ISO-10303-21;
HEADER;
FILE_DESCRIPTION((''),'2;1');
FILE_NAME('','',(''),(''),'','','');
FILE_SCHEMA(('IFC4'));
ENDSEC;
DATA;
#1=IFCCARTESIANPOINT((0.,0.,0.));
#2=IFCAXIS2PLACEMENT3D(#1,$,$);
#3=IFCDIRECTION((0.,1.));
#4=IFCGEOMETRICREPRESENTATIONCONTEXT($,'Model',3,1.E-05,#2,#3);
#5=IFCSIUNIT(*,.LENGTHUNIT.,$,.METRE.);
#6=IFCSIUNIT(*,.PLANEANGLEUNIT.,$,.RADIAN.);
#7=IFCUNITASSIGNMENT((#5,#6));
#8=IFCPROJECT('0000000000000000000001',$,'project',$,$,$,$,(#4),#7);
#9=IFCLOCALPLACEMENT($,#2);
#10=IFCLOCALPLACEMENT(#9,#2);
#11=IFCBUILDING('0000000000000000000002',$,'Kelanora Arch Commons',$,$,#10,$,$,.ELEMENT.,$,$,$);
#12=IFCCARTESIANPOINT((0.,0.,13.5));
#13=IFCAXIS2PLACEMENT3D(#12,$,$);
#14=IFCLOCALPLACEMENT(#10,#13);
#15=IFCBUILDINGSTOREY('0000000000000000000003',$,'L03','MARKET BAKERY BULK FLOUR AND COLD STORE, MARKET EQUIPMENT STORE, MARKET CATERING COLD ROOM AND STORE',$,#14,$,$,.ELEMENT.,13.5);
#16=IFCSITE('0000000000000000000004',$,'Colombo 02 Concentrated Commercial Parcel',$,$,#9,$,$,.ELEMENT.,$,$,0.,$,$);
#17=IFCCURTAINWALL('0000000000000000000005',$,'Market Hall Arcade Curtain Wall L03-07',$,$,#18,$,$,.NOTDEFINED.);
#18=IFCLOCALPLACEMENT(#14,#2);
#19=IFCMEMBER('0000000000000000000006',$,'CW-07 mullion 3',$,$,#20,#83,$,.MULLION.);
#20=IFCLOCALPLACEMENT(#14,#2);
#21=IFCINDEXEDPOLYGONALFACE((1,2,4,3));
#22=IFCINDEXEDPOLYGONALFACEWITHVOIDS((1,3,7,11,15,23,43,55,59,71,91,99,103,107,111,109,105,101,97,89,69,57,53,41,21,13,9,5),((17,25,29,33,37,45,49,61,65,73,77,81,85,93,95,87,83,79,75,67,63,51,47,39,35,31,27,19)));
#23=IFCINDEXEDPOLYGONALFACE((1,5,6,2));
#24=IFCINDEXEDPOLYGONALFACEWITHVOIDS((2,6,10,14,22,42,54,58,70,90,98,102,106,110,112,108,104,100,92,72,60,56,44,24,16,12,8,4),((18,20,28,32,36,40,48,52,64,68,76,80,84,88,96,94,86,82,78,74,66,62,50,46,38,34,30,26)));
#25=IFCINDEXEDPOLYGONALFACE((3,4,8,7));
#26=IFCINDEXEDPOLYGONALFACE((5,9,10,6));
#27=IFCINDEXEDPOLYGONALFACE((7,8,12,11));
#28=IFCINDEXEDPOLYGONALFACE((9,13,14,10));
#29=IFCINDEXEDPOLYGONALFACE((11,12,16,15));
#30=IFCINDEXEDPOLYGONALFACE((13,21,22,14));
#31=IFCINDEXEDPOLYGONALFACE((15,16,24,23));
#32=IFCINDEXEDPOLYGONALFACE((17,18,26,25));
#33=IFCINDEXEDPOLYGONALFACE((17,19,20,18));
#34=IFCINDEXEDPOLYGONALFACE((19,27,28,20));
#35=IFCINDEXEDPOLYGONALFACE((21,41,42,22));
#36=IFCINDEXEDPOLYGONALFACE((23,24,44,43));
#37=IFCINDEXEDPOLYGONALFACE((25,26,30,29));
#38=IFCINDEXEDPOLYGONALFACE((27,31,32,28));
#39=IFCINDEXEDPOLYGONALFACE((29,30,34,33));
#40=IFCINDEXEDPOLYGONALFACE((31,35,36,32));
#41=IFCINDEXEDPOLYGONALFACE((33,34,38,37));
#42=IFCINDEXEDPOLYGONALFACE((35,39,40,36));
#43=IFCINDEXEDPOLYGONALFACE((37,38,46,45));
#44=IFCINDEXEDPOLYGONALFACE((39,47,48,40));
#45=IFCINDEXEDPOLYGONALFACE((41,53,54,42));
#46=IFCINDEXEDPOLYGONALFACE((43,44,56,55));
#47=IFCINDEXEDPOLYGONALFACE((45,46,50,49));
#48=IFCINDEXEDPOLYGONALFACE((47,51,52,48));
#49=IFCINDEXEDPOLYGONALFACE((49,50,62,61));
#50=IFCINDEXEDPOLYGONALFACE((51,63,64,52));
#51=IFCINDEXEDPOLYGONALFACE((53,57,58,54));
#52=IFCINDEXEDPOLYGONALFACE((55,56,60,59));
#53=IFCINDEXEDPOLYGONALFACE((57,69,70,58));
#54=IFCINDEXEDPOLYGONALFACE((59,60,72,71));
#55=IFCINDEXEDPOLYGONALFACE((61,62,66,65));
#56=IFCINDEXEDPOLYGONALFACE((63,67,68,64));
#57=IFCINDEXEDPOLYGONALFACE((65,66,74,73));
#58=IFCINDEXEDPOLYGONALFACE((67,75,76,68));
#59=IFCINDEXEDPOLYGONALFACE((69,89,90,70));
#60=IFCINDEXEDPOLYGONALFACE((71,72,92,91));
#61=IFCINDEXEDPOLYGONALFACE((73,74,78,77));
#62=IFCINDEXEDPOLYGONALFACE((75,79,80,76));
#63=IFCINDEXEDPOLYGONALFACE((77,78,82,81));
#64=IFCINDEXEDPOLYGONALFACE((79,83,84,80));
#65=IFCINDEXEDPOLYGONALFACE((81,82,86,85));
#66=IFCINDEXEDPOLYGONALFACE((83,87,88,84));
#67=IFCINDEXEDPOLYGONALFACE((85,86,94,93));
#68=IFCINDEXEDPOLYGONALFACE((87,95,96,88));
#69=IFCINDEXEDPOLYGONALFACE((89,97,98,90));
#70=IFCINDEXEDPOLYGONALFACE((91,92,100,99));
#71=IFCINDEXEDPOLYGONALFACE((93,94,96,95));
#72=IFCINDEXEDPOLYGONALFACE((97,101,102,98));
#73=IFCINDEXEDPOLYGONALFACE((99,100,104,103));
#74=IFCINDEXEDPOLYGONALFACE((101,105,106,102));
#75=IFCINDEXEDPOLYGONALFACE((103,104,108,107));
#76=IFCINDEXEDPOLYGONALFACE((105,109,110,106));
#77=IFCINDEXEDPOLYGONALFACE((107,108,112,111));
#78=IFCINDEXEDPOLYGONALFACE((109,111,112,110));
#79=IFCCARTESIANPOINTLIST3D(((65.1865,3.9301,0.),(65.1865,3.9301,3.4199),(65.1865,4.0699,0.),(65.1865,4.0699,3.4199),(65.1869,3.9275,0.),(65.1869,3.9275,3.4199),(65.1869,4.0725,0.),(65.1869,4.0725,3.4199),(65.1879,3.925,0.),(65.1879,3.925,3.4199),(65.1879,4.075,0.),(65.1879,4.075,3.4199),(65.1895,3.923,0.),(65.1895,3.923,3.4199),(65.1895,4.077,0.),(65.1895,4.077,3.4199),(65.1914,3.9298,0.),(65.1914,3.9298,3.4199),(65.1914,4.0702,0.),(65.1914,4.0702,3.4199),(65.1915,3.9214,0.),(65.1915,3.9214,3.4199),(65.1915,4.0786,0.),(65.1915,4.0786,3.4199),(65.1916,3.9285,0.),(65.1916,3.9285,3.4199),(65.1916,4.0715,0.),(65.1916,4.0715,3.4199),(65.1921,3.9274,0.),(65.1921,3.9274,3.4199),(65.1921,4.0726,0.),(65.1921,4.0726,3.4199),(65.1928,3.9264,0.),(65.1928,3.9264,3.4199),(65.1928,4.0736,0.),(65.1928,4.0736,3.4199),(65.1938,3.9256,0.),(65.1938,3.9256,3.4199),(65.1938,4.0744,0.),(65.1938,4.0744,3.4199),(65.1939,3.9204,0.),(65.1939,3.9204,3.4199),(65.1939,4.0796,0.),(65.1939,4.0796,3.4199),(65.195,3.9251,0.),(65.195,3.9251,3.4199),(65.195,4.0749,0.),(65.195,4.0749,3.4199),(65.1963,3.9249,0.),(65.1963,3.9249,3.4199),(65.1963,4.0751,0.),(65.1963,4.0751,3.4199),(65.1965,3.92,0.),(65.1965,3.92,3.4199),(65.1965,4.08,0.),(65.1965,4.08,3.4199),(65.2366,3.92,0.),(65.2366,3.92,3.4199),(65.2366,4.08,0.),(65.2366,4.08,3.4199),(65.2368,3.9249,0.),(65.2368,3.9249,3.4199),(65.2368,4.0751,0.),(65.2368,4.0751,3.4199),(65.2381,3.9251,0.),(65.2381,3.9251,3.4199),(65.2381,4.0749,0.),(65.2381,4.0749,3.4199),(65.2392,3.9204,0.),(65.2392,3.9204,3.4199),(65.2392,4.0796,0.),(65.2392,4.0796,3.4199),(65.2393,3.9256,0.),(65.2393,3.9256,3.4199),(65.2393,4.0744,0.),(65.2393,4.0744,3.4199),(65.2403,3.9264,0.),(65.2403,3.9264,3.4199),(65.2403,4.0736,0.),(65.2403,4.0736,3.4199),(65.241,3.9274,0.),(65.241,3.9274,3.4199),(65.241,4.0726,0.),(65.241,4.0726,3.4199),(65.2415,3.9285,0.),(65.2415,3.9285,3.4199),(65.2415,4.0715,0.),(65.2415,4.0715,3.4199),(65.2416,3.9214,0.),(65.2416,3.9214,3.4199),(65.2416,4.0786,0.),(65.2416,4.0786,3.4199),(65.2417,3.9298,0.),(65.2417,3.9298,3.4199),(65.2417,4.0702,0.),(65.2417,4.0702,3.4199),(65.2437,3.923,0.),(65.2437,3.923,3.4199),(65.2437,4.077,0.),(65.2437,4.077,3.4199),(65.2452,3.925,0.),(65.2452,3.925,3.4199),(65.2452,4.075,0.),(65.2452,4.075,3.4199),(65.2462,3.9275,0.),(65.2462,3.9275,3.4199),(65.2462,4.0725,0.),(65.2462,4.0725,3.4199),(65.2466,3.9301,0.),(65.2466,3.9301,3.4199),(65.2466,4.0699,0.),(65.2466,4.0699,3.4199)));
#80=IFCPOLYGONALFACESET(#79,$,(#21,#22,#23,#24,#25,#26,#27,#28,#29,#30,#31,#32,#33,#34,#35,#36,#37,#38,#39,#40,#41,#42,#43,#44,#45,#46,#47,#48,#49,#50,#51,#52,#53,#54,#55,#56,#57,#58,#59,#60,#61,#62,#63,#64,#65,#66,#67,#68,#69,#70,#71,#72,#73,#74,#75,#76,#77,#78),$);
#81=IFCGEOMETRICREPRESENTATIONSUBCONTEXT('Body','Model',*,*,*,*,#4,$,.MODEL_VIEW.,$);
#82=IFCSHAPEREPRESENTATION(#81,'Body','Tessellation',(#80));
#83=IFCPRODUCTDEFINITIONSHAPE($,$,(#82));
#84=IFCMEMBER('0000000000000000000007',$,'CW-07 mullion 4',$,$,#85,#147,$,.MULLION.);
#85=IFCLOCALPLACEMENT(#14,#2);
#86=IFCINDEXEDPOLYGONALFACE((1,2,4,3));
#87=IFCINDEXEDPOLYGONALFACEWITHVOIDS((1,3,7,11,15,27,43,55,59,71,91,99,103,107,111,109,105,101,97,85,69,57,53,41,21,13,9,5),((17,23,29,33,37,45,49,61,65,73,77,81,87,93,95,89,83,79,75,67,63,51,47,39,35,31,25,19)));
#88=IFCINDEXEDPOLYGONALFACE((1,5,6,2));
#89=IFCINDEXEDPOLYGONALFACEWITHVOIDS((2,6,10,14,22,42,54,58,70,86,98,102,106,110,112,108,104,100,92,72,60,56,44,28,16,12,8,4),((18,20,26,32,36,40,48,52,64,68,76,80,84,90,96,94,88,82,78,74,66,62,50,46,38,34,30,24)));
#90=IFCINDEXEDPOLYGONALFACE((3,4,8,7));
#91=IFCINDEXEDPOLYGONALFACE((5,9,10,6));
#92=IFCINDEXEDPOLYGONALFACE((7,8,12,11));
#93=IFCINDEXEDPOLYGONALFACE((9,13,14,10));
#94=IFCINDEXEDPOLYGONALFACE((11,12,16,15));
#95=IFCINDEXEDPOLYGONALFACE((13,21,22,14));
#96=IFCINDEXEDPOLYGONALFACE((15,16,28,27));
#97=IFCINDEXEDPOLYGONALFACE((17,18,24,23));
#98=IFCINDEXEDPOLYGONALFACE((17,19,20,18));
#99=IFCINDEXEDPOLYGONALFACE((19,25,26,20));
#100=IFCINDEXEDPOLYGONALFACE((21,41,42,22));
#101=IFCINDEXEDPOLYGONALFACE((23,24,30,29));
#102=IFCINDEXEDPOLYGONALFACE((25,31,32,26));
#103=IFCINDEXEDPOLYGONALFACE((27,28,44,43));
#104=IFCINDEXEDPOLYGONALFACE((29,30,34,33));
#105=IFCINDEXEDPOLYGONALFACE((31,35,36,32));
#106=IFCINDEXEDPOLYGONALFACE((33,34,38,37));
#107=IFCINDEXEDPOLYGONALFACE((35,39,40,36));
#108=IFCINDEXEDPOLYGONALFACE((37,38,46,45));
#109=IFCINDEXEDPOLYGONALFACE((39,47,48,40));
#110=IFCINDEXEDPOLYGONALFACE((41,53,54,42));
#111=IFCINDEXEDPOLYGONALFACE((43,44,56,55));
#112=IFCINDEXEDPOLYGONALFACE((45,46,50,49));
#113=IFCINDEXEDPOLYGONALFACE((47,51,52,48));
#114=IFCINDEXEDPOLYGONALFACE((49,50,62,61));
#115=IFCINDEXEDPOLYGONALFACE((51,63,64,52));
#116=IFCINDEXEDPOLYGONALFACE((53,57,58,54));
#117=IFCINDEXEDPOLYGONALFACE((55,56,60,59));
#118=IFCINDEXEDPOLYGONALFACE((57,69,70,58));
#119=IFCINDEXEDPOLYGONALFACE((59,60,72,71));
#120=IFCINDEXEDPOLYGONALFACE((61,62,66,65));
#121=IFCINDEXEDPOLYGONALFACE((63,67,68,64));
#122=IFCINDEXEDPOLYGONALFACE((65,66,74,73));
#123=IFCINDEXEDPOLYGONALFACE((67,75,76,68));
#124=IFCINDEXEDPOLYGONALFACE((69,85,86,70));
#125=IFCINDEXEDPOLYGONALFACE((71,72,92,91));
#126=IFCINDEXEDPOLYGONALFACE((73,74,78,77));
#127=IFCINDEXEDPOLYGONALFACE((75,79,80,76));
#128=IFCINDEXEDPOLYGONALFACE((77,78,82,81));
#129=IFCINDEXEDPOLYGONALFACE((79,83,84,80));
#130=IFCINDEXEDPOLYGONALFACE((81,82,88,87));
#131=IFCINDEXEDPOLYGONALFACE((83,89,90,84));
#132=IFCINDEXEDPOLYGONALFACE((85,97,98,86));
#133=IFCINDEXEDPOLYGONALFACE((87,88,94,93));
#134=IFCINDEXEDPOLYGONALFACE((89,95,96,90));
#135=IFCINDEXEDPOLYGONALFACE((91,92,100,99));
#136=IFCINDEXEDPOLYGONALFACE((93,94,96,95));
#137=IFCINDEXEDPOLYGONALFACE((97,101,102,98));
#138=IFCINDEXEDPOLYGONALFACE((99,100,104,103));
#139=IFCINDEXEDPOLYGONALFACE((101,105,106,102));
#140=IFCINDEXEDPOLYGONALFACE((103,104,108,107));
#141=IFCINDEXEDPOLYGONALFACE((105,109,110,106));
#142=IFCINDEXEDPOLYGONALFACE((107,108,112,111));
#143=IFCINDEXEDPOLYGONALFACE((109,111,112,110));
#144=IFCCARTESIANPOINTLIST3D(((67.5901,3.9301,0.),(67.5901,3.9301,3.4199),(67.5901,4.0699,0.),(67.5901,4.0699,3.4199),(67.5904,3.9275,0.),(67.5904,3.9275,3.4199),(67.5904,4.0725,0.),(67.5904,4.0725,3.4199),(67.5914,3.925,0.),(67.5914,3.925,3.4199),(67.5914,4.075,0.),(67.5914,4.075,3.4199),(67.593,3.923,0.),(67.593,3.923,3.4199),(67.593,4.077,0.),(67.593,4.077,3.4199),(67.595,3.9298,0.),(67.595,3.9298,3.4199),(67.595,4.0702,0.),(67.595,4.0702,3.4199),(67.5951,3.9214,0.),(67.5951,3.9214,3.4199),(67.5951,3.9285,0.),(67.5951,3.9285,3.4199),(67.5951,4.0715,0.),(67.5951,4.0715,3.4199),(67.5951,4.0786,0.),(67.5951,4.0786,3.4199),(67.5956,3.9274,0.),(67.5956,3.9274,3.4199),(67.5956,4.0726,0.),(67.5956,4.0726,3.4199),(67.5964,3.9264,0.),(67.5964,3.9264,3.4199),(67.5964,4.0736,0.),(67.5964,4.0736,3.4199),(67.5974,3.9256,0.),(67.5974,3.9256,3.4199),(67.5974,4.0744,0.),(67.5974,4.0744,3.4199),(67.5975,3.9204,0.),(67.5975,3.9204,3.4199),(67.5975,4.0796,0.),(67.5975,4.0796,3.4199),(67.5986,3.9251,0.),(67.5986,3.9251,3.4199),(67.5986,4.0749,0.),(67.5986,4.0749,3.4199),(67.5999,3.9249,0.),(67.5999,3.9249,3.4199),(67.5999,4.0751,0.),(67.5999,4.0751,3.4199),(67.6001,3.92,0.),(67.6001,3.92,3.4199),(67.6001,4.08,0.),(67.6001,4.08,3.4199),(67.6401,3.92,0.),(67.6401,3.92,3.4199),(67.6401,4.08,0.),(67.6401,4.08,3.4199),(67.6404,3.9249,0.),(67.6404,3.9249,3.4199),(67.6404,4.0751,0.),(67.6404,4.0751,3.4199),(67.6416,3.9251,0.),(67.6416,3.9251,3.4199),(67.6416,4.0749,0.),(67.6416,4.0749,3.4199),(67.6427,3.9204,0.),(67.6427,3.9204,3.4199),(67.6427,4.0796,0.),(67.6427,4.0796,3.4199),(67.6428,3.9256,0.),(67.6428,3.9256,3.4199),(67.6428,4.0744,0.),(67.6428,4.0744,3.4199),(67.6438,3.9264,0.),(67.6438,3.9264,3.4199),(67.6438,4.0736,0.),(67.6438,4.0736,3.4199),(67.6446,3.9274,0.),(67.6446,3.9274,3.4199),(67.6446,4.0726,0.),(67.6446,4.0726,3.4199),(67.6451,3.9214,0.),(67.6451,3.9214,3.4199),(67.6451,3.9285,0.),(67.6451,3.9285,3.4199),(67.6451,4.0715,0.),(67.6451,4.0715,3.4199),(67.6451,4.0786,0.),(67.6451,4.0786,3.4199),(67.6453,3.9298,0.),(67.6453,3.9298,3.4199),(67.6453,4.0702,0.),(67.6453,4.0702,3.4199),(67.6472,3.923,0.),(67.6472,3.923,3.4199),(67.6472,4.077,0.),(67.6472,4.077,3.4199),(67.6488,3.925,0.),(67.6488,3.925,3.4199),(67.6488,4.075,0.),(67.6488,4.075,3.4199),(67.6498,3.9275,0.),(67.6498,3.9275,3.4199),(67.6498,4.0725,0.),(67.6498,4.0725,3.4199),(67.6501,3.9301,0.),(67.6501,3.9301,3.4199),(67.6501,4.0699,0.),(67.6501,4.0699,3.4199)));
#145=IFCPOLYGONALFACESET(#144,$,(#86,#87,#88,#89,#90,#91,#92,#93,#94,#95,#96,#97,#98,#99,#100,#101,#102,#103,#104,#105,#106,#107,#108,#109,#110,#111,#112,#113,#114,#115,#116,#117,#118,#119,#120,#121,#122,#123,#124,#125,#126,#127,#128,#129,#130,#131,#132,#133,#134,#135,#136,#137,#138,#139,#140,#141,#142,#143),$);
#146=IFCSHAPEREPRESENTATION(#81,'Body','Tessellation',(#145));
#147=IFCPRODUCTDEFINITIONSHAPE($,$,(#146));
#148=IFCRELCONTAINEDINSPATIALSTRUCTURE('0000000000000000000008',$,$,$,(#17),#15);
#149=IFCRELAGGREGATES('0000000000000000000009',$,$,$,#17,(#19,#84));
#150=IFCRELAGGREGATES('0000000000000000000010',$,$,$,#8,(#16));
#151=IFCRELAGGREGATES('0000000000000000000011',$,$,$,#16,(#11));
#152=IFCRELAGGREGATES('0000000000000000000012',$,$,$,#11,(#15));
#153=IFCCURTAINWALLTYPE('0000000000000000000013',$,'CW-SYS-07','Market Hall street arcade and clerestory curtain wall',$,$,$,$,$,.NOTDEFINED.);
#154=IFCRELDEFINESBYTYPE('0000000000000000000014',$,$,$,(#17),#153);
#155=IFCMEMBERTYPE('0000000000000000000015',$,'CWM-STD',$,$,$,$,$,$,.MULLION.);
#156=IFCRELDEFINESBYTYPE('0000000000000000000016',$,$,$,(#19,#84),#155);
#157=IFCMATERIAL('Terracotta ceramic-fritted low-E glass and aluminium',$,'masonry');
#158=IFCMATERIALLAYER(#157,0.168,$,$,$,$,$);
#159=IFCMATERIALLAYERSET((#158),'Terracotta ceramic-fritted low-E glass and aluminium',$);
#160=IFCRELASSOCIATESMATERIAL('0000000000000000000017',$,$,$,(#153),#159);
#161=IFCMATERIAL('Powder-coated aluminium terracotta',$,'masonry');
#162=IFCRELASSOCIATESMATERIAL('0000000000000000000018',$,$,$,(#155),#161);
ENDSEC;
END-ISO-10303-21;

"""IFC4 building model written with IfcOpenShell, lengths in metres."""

from ifc_helpers import new_model, si_unit, direction, frame, origin, origin_2d, place, context, subcontext, project, spatial, hollow_rectangle, extrude, material, layer, layer_set, material_profile, profile_set, type_object, element, aggregate, save


model = new_model("IFC4")

# Units and contexts
model_context = context("Model", 3, precision=1e-05, world=origin(), true_north=direction((0.0, 1.0)))
body_context = subcontext(model_context, "Body", "Model", "MODEL_VIEW")
ifc_project = project(units=[si_unit("LENGTHUNIT", "METRE"), si_unit("PLANEANGLEUNIT", "RADIAN")], contexts=[model_context])

# Site, building, storey
site_placement = place(None, origin())
site = spatial("IfcSite", under=ifc_project, at=site_placement, Name="Colombo 02 Concentrated Commercial Parcel", CompositionType="ELEMENT", RefElevation=0.0)
building_placement = place(site_placement, origin())
building = spatial("IfcBuilding", under=site, at=building_placement, Name="Kelanora Arch Commons", CompositionType="ELEMENT")
storey_placement = place(building_placement, frame((0.0, 0.0, 13.5)))
storey = spatial("IfcBuildingStorey", under=building, at=storey_placement, Name="L03", Description="MARKET BAKERY BULK FLOUR AND COLD STORE, MARKET EQUIPMENT STORE, MARKET CATERING COLD ROOM AND STORE", CompositionType="ELEMENT", Elevation=13.5)

# Curtain wall, members
ifc_material_1 = material(Name="Terracotta ceramic-fritted low-E glass and aluminium", Category="masonry")
ifc_layer_1 = layer(ifc_material_1, 0.168)
ifc_layer_set_1 = layer_set([ifc_layer_1], Name="Terracotta ceramic-fritted low-E glass and aluminium")
curtain_wall_type = type_object("IfcCurtainWallType", Name="CW-SYS-07", Description="Market Hall street arcade and clerestory curtain wall", PredefinedType="NOTDEFINED", material=ifc_layer_set_1)
curtain_wall_placement = place(storey_placement, origin())
curtain_wall = element("IfcCurtainWall", 1, at=curtain_wall_placement, inside=storey, type_object=curtain_wall_type, Name="Market Hall Arcade Curtain Wall L03-07", PredefinedType="NOTDEFINED")
ifc_material_2 = material(Name="Powder-coated aluminium terracotta", Category="masonry")
ifc_material_profile_1 = material_profile(ifc_material_2, hollow_rectangle(XDim=0.1599, YDim=0.0601, WallThickness=0.0049, InnerFilletRadius=0.0049, OuterFilletRadius=0.01, at=origin_2d()), Name="CWM160x60")
ifc_profile_set_1 = profile_set([ifc_material_profile_1], Name="Powder-coated aluminium terracotta")
member_type_1 = type_object("IfcMemberType", Name="CWM-STD", PredefinedType="MULLION", material=ifc_profile_set_1)
member_1_placement = place(storey_placement, frame((65.2166, 4.0, 0.0), z_axis=(0.0, 0.0, 1.0), x_axis=(0.0, 1.0, 0.0)))
member_1 = element("IfcMember", 2, at=member_1_placement, type_object=member_type_1, Name="CW-07 mullion 3", PredefinedType="MULLION", context=body_context, shape_type="SweptSolid", body=[
    extrude(hollow_rectangle(XDim=0.1599, YDim=0.0601, WallThickness=0.0049, InnerFilletRadius=0.0049, OuterFilletRadius=0.01, at=origin_2d()), origin(), (0.0, 0.0, 1.0), 3.4199),
])
member_2_placement = place(storey_placement, frame((67.6201, 4.0, 0.0), z_axis=(0.0, 0.0, 1.0), x_axis=(0.0, 1.0, 0.0)))
member_2 = element("IfcMember", 3, at=member_2_placement, type_object=member_type_1, Name="CW-07 mullion 4", PredefinedType="MULLION", context=body_context, shape_type="SweptSolid", body=[
    extrude(hollow_rectangle(XDim=0.1599, YDim=0.0601, WallThickness=0.0049, InnerFilletRadius=0.0049, OuterFilletRadius=0.01, at=origin_2d()), origin(), (0.0, 0.0, 1.0), 3.4199),
])

aggregate(curtain_wall, [member_1, member_2])

save(model, "model.ifc")
